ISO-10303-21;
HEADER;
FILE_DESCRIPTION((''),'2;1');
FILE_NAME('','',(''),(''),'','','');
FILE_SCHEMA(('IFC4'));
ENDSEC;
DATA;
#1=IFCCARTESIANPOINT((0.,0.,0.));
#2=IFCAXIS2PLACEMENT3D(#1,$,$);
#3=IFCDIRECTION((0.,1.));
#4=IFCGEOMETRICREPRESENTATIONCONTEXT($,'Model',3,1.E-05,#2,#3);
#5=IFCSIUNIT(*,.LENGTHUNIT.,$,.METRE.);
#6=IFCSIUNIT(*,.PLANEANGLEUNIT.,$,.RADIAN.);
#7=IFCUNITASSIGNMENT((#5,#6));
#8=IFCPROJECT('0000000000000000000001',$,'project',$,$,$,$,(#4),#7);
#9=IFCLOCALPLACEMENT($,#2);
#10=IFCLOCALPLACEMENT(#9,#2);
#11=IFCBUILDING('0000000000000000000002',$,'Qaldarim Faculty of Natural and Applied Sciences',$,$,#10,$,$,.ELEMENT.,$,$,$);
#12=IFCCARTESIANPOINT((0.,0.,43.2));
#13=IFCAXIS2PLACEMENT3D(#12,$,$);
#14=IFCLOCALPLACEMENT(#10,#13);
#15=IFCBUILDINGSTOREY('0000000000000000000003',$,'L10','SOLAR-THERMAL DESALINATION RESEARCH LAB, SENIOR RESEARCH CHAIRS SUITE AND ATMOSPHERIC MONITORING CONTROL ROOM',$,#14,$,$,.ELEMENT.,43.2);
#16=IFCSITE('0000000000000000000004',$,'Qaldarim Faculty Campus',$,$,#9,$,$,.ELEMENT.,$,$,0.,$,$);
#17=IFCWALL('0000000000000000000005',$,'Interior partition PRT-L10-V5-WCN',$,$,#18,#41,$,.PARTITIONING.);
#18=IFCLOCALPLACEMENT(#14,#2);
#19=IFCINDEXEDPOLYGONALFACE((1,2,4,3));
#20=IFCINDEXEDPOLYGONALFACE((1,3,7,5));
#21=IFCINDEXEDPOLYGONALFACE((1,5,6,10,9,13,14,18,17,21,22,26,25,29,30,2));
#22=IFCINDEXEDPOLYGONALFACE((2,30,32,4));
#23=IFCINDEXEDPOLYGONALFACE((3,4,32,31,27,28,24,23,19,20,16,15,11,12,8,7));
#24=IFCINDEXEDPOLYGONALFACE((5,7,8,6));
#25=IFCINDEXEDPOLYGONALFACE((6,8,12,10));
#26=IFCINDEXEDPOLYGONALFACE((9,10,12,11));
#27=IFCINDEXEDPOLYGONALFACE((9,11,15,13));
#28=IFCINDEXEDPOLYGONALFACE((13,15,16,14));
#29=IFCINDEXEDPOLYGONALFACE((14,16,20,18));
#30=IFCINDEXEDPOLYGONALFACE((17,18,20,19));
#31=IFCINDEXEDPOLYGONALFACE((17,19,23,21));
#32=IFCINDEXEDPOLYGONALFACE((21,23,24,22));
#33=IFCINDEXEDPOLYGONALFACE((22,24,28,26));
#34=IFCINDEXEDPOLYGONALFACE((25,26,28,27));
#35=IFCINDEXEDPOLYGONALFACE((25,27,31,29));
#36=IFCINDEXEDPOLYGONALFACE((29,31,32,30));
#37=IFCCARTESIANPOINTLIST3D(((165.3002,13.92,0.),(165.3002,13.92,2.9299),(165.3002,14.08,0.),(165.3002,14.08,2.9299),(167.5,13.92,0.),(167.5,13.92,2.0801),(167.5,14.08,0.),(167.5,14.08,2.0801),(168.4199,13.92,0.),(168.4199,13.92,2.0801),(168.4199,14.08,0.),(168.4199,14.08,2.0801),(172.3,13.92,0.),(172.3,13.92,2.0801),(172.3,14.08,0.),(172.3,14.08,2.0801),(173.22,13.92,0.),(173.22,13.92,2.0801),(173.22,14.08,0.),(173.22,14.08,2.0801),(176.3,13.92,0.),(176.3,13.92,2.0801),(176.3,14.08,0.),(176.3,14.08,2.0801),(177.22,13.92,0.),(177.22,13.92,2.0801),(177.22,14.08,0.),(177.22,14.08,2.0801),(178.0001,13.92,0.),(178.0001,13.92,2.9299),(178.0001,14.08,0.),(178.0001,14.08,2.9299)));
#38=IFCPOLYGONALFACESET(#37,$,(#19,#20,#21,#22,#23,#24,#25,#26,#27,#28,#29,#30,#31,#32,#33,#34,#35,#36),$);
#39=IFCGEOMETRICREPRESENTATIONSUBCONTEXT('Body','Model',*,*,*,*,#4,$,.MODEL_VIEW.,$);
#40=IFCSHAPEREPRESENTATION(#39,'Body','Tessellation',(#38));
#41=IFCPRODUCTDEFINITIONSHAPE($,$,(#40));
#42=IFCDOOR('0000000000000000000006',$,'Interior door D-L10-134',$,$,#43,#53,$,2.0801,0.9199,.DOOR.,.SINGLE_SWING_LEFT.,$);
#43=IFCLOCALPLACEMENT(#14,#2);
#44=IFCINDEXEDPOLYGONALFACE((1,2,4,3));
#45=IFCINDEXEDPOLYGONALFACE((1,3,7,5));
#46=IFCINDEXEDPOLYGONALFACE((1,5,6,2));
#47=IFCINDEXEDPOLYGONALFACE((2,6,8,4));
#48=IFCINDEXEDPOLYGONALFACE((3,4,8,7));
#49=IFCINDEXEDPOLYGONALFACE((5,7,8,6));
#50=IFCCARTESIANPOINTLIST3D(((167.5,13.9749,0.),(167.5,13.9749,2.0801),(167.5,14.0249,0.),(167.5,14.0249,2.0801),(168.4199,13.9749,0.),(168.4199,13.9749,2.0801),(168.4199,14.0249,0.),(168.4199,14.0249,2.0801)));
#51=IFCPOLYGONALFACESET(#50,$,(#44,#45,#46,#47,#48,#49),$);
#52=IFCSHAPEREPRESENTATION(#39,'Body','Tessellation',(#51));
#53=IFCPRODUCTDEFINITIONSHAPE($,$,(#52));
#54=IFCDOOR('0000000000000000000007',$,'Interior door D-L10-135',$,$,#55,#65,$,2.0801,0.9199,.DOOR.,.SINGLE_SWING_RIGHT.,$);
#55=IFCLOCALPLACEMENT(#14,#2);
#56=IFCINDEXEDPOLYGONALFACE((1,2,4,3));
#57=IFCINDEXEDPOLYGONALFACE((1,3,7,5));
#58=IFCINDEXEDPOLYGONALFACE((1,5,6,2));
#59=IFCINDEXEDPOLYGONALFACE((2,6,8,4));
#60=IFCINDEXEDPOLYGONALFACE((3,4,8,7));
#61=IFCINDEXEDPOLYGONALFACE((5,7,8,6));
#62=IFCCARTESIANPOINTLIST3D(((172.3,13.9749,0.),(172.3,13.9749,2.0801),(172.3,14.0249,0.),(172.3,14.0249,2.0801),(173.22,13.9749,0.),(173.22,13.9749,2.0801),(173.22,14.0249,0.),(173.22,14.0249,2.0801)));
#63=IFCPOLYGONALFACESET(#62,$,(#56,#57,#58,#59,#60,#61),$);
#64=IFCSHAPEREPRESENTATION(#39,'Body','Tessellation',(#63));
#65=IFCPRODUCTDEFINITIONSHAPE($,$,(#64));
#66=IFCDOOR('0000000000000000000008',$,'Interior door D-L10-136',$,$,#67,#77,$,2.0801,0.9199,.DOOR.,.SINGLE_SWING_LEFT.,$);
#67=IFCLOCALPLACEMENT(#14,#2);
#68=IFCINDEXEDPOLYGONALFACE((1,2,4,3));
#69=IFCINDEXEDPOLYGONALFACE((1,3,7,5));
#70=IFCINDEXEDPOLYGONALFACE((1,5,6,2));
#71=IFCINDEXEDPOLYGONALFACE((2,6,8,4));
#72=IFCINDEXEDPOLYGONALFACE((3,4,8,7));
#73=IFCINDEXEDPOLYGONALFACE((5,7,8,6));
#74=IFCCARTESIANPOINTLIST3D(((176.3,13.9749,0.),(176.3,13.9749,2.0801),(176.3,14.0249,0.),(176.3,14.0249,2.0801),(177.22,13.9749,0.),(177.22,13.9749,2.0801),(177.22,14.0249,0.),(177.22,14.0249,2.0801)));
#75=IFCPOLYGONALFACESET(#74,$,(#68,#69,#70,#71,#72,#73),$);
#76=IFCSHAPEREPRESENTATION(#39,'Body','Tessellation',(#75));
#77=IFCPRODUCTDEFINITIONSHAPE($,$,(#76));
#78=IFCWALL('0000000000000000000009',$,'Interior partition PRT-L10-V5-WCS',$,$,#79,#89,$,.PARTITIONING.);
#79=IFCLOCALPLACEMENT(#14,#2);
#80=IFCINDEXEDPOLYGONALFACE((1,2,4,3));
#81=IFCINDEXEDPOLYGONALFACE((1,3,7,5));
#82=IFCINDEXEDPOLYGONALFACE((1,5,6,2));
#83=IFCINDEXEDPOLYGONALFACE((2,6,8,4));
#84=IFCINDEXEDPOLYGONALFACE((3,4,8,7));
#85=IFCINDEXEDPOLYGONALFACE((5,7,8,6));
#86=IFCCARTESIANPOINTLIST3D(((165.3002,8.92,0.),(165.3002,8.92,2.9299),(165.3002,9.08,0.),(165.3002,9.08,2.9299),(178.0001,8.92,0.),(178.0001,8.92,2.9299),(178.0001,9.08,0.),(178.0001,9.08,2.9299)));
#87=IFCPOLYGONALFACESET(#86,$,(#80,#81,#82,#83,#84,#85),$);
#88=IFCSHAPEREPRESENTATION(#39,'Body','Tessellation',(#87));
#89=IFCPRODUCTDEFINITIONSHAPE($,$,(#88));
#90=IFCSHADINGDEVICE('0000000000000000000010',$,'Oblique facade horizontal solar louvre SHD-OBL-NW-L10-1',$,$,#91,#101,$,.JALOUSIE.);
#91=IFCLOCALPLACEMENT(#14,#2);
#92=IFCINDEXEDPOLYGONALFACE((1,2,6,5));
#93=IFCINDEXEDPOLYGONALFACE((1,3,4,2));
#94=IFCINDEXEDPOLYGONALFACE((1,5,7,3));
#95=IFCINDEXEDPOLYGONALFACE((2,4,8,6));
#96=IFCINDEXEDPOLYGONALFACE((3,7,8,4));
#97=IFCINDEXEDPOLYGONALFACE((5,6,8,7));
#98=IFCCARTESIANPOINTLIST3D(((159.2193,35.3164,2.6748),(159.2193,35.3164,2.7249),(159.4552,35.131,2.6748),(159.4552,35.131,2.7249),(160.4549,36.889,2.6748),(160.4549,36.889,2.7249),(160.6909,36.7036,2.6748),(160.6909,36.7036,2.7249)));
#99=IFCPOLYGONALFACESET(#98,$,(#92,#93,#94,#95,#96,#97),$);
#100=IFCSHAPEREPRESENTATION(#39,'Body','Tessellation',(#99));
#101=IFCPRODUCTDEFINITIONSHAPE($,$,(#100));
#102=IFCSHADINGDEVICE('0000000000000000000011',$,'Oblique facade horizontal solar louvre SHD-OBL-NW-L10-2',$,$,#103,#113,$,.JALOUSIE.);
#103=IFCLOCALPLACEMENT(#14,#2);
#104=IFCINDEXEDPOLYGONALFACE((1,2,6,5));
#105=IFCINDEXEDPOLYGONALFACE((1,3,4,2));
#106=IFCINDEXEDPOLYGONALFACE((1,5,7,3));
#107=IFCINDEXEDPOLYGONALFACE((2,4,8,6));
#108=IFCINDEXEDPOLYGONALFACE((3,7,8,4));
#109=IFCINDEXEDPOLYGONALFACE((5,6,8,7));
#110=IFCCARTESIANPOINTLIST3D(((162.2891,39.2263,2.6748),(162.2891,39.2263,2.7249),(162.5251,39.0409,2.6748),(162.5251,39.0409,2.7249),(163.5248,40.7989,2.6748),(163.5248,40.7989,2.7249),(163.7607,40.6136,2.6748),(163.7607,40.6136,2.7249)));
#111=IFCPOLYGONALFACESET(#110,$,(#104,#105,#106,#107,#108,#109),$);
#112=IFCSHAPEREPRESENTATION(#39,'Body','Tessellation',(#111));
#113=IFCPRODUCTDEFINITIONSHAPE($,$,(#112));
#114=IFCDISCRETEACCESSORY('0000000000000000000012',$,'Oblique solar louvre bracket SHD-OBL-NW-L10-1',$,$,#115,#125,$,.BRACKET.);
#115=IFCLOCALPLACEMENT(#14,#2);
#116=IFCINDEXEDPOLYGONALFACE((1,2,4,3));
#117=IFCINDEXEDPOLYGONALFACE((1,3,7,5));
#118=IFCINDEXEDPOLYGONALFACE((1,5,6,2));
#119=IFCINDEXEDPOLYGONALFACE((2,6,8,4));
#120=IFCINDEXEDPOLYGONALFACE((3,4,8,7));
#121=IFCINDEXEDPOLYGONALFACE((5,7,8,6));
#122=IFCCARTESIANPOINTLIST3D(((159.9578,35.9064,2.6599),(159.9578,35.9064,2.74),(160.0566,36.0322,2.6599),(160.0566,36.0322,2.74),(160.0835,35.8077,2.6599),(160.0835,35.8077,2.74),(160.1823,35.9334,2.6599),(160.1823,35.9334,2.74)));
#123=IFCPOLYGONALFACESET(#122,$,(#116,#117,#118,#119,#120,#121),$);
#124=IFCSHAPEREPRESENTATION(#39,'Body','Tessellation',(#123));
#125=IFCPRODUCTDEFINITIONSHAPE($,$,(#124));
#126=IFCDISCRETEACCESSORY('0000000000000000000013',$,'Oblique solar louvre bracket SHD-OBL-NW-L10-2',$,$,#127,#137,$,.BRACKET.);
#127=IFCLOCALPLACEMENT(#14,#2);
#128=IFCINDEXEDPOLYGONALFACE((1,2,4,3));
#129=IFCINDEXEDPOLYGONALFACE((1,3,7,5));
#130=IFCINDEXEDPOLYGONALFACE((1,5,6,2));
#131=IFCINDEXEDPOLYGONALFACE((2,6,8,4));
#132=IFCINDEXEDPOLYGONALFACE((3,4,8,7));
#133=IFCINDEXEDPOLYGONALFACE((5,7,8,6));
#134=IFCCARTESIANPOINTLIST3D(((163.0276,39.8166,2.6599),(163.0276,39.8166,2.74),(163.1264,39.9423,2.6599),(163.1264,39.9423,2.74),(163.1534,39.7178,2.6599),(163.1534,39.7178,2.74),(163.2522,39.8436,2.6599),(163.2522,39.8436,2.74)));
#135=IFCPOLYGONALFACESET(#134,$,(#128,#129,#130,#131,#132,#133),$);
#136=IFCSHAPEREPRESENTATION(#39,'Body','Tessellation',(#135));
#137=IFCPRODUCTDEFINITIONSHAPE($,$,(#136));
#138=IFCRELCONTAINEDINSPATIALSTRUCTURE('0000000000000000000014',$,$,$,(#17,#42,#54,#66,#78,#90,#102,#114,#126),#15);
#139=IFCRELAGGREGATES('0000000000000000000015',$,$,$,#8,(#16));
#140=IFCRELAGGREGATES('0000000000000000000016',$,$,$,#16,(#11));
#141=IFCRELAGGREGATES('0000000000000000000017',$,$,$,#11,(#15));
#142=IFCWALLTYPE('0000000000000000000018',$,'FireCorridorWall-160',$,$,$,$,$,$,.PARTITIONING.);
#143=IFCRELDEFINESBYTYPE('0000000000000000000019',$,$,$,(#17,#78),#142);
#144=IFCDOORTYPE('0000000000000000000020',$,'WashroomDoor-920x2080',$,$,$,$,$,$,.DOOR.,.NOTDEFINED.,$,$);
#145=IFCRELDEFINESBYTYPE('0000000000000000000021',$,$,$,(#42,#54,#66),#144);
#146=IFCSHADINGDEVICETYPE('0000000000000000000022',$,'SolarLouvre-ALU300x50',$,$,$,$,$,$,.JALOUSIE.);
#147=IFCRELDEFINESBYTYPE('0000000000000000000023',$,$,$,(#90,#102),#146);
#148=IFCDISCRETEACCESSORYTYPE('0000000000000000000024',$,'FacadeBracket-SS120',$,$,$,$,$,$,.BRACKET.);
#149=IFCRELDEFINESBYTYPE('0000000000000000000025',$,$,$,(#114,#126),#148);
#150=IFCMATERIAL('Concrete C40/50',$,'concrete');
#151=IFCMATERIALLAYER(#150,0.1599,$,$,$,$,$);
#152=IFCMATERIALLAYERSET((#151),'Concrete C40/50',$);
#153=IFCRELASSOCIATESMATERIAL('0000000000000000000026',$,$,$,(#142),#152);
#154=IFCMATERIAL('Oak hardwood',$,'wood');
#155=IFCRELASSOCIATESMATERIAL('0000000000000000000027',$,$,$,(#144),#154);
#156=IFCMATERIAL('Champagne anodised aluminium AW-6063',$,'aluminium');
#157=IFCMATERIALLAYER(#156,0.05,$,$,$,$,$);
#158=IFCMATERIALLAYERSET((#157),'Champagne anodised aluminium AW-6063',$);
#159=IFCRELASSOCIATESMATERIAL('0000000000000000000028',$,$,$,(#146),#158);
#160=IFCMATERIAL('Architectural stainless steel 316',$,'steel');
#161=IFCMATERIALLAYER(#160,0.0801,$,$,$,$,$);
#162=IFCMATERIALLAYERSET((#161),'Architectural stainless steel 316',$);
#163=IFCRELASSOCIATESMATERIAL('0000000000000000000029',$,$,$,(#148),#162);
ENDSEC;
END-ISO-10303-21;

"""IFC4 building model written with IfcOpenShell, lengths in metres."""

from ifc_helpers import new_model, si_unit, direction, frame, frame_2d, origin, origin_2d, place, context, subcontext, project, spatial, rectangle, extrude, material, layer, layer_set, type_object, element, fill, save


model = new_model("IFC4")

# Units and contexts
model_context = context("Model", 3, precision=1e-05, world=origin(), true_north=direction((0.0, 1.0)))
body_context = subcontext(model_context, "Body", "Model", "MODEL_VIEW")
ifc_project = project(units=[si_unit("LENGTHUNIT", "METRE"), si_unit("PLANEANGLEUNIT", "RADIAN")], contexts=[model_context])

# Site, building, storey
site_placement = place(None, origin())
site = spatial("IfcSite", under=ifc_project, at=site_placement, Name="Qaldarim Faculty Campus", CompositionType="ELEMENT", RefElevation=0.0)
building_placement = place(site_placement, origin())
building = spatial("IfcBuilding", under=site, at=building_placement, Name="Qaldarim Faculty of Natural and Applied Sciences", CompositionType="ELEMENT")
storey_placement = place(building_placement, frame((0.0, 0.0, 43.2)))
storey = spatial("IfcBuildingStorey", under=building, at=storey_placement, Name="L10", Description="SOLAR-THERMAL DESALINATION RESEARCH LAB, SENIOR RESEARCH CHAIRS SUITE AND ATMOSPHERIC MONITORING CONTROL ROOM", CompositionType="ELEMENT", Elevation=43.2)

# Shared definitions
ifc_material_1 = material(Name="Concrete C40/50", Category="concrete")

# Wall, openings, doors
ifc_layer_1 = layer(ifc_material_1, 0.1599)
ifc_layer_set_1 = layer_set([ifc_layer_1], Name="Concrete C40/50")
wall_type = type_object("IfcWallType", Name="FireCorridorWall-160", PredefinedType="PARTITIONING", material=ifc_layer_set_1)
wall_1_placement = place(storey_placement, frame((165.3, 14.0, 0.0), z_axis=(0.0, 0.0, 1.0), x_axis=(1.0, 0.0, 0.0)))
wall_1 = element("IfcWall", 1, at=wall_1_placement, inside=storey, type_object=wall_type, Name="Interior partition PRT-L10-V5-WCN", PredefinedType="PARTITIONING", context=body_context, shape_type="SweptSolid", body=[
    extrude(rectangle(XDim=12.7, YDim=0.1599, at=frame_2d((6.3501, 0.0))), origin(), (0.0, 0.0, 1.0), 2.9299),
])
opening_1_placement = place(wall_1_placement, frame((2.2, 0.0, 0.0)))
opening_1 = element("IfcOpeningElement", 2, at=opening_1_placement, cuts=wall_1, PredefinedType="OPENING", context=body_context, shape_type="SweptSolid", body=[
    extrude(rectangle(XDim=0.9199, YDim=2.0801, at=frame_2d((0.46, 1.04))), frame((0.0, 0.0898, 0.0), z_axis=(0.0, -1.0, 0.0), x_axis=(1.0, 0.0, 0.0)), (0.0, 0.0, 1.0), 0.1799),
])
opening_2_placement = place(wall_1_placement, frame((7.0, 0.0, 0.0)))
opening_2 = element("IfcOpeningElement", 3, at=opening_2_placement, cuts=wall_1, PredefinedType="OPENING", context=body_context, shape_type="SweptSolid", body=[
    extrude(rectangle(XDim=0.9199, YDim=2.0801, at=frame_2d((0.46, 1.04))), frame((0.0, 0.0898, 0.0), z_axis=(0.0, -1.0, 0.0), x_axis=(1.0, 0.0, 0.0)), (0.0, 0.0, 1.0), 0.1799),
])
opening_3_placement = place(wall_1_placement, frame((11.0, 0.0, 0.0)))
opening_3 = element("IfcOpeningElement", 4, at=opening_3_placement, cuts=wall_1, PredefinedType="OPENING", context=body_context, shape_type="SweptSolid", body=[
    extrude(rectangle(XDim=0.9199, YDim=2.0801, at=frame_2d((0.46, 1.04))), frame((0.0, 0.0898, 0.0), z_axis=(0.0, -1.0, 0.0), x_axis=(1.0, 0.0, 0.0)), (0.0, 0.0, 1.0), 0.1799),
])
ifc_material_2 = material(Name="Oak hardwood", Category="wood")
door_type = type_object("IfcDoorType", Name="WashroomDoor-920x2080", OperationType="NOTDEFINED", PredefinedType="DOOR", material=ifc_material_2)
door_1_placement = place(opening_1_placement, origin())
door_1 = element("IfcDoor", 5, at=door_1_placement, inside=storey, type_object=door_type, Name="Interior door D-L10-134", OperationType="SINGLE_SWING_LEFT", OverallHeight=2.0801, OverallWidth=0.9199, PredefinedType="DOOR", context=body_context, shape_type="SweptSolid", body=[
    extrude(rectangle(XDim=0.9199, YDim=2.0801, at=frame_2d((0.46, 1.04))), frame((0.0, 0.0249, 0.0), z_axis=(0.0, -1.0, 0.0), x_axis=(1.0, 0.0, 0.0)), (0.0, 0.0, 1.0), 0.05),
])
fill(opening_1, door_1)
door_2_placement = place(opening_2_placement, origin())
door_2 = element("IfcDoor", 6, at=door_2_placement, inside=storey, type_object=door_type, Name="Interior door D-L10-135", OperationType="SINGLE_SWING_RIGHT", OverallHeight=2.0801, OverallWidth=0.9199, PredefinedType="DOOR", context=body_context, shape_type="SweptSolid", body=[
    extrude(rectangle(XDim=0.9199, YDim=2.0801, at=frame_2d((0.46, 1.04))), frame((0.0, 0.0249, 0.0), z_axis=(0.0, -1.0, 0.0), x_axis=(1.0, 0.0, 0.0)), (0.0, 0.0, 1.0), 0.05),
])
fill(opening_2, door_2)
door_3_placement = place(opening_3_placement, origin())
door_3 = element("IfcDoor", 7, at=door_3_placement, inside=storey, type_object=door_type, Name="Interior door D-L10-136", OperationType="SINGLE_SWING_LEFT", OverallHeight=2.0801, OverallWidth=0.9199, PredefinedType="DOOR", context=body_context, shape_type="SweptSolid", body=[
    extrude(rectangle(XDim=0.9199, YDim=2.0801, at=frame_2d((0.46, 1.04))), frame((0.0, 0.0249, 0.0), z_axis=(0.0, -1.0, 0.0), x_axis=(1.0, 0.0, 0.0)), (0.0, 0.0, 1.0), 0.05),
])
fill(opening_3, door_3)

# Wall
wall_2_placement = place(storey_placement, frame((165.3, 9.0, 0.0), z_axis=(0.0, 0.0, 1.0), x_axis=(1.0, 0.0, 0.0)))
element("IfcWall", 8, at=wall_2_placement, inside=storey, type_object=wall_type, Name="Interior partition PRT-L10-V5-WCS", PredefinedType="PARTITIONING", context=body_context, shape_type="SweptSolid", body=[
    extrude(rectangle(XDim=12.7, YDim=0.1599, at=frame_2d((6.3501, 0.0))), origin(), (0.0, 0.0, 1.0), 2.9299),
])

# Shading devices
ifc_material_3 = material(Name="Champagne anodised aluminium AW-6063", Category="aluminium")
ifc_layer_2 = layer(ifc_material_3, 0.05)
ifc_layer_set_2 = layer_set([ifc_layer_2], Name="Champagne anodised aluminium AW-6063")
shading_device_type = type_object("IfcShadingDeviceType", Name="SolarLouvre-ALU300x50", PredefinedType="JALOUSIE", material=ifc_layer_set_2)
for number, where, z_axis, x_axis, name in (
    (9, (159.9551, 36.01, 2.6748), (0.0, 0.0, 1.0), (0.617818, 0.786321, 0.0), "Oblique facade horizontal solar louvre SHD-OBL-NW-L10-1"),
    (10, (163.0249, 39.9199, 2.6748), (0.0, 0.0, 1.0), (0.617818, 0.786321, 0.0), "Oblique facade horizontal solar louvre SHD-OBL-NW-L10-2"),
):
    element("IfcShadingDevice", number, at=place(storey_placement, frame(where, z_axis=z_axis, x_axis=x_axis)), inside=storey, type_object=shading_device_type, Name=name, PredefinedType="JALOUSIE", context=body_context, shape_type="SweptSolid", body=[
        extrude(rectangle(XDim=2.0, YDim=0.3, at=origin_2d()), origin(), (0.0, 0.0, 1.0), 0.05),
    ])

# Discrete accessories
ifc_material_4 = material(Name="Architectural stainless steel 316", Category="steel")
ifc_layer_3 = layer(ifc_material_4, 0.0801)
ifc_layer_set_3 = layer_set([ifc_layer_3], Name="Architectural stainless steel 316")
discrete_accessory_type = type_object("IfcDiscreteAccessoryType", Name="FacadeBracket-SS120", PredefinedType="BRACKET", material=ifc_layer_set_3)
for number, where, z_axis, x_axis, name in (
    (11, (160.0701, 35.9199, 2.6599), (0.0, 0.0, 1.0), (0.617818, 0.786321, 0.0), "Oblique solar louvre bracket SHD-OBL-NW-L10-1"),
    (12, (163.1399, 39.8301, 2.6599), (0.0, 0.0, 1.0), (0.617818, 0.786321, 0.0), "Oblique solar louvre bracket SHD-OBL-NW-L10-2"),
):
    element("IfcDiscreteAccessory", number, at=place(storey_placement, frame(where, z_axis=z_axis, x_axis=x_axis)), inside=storey, type_object=discrete_accessory_type, Name=name, PredefinedType="BRACKET", context=body_context, shape_type="SweptSolid", body=[
        extrude(rectangle(XDim=0.1599, YDim=0.1599, at=origin_2d()), origin(), (0.0, 0.0, 1.0), 0.0801),
    ])

save(model, "model.ifc")
